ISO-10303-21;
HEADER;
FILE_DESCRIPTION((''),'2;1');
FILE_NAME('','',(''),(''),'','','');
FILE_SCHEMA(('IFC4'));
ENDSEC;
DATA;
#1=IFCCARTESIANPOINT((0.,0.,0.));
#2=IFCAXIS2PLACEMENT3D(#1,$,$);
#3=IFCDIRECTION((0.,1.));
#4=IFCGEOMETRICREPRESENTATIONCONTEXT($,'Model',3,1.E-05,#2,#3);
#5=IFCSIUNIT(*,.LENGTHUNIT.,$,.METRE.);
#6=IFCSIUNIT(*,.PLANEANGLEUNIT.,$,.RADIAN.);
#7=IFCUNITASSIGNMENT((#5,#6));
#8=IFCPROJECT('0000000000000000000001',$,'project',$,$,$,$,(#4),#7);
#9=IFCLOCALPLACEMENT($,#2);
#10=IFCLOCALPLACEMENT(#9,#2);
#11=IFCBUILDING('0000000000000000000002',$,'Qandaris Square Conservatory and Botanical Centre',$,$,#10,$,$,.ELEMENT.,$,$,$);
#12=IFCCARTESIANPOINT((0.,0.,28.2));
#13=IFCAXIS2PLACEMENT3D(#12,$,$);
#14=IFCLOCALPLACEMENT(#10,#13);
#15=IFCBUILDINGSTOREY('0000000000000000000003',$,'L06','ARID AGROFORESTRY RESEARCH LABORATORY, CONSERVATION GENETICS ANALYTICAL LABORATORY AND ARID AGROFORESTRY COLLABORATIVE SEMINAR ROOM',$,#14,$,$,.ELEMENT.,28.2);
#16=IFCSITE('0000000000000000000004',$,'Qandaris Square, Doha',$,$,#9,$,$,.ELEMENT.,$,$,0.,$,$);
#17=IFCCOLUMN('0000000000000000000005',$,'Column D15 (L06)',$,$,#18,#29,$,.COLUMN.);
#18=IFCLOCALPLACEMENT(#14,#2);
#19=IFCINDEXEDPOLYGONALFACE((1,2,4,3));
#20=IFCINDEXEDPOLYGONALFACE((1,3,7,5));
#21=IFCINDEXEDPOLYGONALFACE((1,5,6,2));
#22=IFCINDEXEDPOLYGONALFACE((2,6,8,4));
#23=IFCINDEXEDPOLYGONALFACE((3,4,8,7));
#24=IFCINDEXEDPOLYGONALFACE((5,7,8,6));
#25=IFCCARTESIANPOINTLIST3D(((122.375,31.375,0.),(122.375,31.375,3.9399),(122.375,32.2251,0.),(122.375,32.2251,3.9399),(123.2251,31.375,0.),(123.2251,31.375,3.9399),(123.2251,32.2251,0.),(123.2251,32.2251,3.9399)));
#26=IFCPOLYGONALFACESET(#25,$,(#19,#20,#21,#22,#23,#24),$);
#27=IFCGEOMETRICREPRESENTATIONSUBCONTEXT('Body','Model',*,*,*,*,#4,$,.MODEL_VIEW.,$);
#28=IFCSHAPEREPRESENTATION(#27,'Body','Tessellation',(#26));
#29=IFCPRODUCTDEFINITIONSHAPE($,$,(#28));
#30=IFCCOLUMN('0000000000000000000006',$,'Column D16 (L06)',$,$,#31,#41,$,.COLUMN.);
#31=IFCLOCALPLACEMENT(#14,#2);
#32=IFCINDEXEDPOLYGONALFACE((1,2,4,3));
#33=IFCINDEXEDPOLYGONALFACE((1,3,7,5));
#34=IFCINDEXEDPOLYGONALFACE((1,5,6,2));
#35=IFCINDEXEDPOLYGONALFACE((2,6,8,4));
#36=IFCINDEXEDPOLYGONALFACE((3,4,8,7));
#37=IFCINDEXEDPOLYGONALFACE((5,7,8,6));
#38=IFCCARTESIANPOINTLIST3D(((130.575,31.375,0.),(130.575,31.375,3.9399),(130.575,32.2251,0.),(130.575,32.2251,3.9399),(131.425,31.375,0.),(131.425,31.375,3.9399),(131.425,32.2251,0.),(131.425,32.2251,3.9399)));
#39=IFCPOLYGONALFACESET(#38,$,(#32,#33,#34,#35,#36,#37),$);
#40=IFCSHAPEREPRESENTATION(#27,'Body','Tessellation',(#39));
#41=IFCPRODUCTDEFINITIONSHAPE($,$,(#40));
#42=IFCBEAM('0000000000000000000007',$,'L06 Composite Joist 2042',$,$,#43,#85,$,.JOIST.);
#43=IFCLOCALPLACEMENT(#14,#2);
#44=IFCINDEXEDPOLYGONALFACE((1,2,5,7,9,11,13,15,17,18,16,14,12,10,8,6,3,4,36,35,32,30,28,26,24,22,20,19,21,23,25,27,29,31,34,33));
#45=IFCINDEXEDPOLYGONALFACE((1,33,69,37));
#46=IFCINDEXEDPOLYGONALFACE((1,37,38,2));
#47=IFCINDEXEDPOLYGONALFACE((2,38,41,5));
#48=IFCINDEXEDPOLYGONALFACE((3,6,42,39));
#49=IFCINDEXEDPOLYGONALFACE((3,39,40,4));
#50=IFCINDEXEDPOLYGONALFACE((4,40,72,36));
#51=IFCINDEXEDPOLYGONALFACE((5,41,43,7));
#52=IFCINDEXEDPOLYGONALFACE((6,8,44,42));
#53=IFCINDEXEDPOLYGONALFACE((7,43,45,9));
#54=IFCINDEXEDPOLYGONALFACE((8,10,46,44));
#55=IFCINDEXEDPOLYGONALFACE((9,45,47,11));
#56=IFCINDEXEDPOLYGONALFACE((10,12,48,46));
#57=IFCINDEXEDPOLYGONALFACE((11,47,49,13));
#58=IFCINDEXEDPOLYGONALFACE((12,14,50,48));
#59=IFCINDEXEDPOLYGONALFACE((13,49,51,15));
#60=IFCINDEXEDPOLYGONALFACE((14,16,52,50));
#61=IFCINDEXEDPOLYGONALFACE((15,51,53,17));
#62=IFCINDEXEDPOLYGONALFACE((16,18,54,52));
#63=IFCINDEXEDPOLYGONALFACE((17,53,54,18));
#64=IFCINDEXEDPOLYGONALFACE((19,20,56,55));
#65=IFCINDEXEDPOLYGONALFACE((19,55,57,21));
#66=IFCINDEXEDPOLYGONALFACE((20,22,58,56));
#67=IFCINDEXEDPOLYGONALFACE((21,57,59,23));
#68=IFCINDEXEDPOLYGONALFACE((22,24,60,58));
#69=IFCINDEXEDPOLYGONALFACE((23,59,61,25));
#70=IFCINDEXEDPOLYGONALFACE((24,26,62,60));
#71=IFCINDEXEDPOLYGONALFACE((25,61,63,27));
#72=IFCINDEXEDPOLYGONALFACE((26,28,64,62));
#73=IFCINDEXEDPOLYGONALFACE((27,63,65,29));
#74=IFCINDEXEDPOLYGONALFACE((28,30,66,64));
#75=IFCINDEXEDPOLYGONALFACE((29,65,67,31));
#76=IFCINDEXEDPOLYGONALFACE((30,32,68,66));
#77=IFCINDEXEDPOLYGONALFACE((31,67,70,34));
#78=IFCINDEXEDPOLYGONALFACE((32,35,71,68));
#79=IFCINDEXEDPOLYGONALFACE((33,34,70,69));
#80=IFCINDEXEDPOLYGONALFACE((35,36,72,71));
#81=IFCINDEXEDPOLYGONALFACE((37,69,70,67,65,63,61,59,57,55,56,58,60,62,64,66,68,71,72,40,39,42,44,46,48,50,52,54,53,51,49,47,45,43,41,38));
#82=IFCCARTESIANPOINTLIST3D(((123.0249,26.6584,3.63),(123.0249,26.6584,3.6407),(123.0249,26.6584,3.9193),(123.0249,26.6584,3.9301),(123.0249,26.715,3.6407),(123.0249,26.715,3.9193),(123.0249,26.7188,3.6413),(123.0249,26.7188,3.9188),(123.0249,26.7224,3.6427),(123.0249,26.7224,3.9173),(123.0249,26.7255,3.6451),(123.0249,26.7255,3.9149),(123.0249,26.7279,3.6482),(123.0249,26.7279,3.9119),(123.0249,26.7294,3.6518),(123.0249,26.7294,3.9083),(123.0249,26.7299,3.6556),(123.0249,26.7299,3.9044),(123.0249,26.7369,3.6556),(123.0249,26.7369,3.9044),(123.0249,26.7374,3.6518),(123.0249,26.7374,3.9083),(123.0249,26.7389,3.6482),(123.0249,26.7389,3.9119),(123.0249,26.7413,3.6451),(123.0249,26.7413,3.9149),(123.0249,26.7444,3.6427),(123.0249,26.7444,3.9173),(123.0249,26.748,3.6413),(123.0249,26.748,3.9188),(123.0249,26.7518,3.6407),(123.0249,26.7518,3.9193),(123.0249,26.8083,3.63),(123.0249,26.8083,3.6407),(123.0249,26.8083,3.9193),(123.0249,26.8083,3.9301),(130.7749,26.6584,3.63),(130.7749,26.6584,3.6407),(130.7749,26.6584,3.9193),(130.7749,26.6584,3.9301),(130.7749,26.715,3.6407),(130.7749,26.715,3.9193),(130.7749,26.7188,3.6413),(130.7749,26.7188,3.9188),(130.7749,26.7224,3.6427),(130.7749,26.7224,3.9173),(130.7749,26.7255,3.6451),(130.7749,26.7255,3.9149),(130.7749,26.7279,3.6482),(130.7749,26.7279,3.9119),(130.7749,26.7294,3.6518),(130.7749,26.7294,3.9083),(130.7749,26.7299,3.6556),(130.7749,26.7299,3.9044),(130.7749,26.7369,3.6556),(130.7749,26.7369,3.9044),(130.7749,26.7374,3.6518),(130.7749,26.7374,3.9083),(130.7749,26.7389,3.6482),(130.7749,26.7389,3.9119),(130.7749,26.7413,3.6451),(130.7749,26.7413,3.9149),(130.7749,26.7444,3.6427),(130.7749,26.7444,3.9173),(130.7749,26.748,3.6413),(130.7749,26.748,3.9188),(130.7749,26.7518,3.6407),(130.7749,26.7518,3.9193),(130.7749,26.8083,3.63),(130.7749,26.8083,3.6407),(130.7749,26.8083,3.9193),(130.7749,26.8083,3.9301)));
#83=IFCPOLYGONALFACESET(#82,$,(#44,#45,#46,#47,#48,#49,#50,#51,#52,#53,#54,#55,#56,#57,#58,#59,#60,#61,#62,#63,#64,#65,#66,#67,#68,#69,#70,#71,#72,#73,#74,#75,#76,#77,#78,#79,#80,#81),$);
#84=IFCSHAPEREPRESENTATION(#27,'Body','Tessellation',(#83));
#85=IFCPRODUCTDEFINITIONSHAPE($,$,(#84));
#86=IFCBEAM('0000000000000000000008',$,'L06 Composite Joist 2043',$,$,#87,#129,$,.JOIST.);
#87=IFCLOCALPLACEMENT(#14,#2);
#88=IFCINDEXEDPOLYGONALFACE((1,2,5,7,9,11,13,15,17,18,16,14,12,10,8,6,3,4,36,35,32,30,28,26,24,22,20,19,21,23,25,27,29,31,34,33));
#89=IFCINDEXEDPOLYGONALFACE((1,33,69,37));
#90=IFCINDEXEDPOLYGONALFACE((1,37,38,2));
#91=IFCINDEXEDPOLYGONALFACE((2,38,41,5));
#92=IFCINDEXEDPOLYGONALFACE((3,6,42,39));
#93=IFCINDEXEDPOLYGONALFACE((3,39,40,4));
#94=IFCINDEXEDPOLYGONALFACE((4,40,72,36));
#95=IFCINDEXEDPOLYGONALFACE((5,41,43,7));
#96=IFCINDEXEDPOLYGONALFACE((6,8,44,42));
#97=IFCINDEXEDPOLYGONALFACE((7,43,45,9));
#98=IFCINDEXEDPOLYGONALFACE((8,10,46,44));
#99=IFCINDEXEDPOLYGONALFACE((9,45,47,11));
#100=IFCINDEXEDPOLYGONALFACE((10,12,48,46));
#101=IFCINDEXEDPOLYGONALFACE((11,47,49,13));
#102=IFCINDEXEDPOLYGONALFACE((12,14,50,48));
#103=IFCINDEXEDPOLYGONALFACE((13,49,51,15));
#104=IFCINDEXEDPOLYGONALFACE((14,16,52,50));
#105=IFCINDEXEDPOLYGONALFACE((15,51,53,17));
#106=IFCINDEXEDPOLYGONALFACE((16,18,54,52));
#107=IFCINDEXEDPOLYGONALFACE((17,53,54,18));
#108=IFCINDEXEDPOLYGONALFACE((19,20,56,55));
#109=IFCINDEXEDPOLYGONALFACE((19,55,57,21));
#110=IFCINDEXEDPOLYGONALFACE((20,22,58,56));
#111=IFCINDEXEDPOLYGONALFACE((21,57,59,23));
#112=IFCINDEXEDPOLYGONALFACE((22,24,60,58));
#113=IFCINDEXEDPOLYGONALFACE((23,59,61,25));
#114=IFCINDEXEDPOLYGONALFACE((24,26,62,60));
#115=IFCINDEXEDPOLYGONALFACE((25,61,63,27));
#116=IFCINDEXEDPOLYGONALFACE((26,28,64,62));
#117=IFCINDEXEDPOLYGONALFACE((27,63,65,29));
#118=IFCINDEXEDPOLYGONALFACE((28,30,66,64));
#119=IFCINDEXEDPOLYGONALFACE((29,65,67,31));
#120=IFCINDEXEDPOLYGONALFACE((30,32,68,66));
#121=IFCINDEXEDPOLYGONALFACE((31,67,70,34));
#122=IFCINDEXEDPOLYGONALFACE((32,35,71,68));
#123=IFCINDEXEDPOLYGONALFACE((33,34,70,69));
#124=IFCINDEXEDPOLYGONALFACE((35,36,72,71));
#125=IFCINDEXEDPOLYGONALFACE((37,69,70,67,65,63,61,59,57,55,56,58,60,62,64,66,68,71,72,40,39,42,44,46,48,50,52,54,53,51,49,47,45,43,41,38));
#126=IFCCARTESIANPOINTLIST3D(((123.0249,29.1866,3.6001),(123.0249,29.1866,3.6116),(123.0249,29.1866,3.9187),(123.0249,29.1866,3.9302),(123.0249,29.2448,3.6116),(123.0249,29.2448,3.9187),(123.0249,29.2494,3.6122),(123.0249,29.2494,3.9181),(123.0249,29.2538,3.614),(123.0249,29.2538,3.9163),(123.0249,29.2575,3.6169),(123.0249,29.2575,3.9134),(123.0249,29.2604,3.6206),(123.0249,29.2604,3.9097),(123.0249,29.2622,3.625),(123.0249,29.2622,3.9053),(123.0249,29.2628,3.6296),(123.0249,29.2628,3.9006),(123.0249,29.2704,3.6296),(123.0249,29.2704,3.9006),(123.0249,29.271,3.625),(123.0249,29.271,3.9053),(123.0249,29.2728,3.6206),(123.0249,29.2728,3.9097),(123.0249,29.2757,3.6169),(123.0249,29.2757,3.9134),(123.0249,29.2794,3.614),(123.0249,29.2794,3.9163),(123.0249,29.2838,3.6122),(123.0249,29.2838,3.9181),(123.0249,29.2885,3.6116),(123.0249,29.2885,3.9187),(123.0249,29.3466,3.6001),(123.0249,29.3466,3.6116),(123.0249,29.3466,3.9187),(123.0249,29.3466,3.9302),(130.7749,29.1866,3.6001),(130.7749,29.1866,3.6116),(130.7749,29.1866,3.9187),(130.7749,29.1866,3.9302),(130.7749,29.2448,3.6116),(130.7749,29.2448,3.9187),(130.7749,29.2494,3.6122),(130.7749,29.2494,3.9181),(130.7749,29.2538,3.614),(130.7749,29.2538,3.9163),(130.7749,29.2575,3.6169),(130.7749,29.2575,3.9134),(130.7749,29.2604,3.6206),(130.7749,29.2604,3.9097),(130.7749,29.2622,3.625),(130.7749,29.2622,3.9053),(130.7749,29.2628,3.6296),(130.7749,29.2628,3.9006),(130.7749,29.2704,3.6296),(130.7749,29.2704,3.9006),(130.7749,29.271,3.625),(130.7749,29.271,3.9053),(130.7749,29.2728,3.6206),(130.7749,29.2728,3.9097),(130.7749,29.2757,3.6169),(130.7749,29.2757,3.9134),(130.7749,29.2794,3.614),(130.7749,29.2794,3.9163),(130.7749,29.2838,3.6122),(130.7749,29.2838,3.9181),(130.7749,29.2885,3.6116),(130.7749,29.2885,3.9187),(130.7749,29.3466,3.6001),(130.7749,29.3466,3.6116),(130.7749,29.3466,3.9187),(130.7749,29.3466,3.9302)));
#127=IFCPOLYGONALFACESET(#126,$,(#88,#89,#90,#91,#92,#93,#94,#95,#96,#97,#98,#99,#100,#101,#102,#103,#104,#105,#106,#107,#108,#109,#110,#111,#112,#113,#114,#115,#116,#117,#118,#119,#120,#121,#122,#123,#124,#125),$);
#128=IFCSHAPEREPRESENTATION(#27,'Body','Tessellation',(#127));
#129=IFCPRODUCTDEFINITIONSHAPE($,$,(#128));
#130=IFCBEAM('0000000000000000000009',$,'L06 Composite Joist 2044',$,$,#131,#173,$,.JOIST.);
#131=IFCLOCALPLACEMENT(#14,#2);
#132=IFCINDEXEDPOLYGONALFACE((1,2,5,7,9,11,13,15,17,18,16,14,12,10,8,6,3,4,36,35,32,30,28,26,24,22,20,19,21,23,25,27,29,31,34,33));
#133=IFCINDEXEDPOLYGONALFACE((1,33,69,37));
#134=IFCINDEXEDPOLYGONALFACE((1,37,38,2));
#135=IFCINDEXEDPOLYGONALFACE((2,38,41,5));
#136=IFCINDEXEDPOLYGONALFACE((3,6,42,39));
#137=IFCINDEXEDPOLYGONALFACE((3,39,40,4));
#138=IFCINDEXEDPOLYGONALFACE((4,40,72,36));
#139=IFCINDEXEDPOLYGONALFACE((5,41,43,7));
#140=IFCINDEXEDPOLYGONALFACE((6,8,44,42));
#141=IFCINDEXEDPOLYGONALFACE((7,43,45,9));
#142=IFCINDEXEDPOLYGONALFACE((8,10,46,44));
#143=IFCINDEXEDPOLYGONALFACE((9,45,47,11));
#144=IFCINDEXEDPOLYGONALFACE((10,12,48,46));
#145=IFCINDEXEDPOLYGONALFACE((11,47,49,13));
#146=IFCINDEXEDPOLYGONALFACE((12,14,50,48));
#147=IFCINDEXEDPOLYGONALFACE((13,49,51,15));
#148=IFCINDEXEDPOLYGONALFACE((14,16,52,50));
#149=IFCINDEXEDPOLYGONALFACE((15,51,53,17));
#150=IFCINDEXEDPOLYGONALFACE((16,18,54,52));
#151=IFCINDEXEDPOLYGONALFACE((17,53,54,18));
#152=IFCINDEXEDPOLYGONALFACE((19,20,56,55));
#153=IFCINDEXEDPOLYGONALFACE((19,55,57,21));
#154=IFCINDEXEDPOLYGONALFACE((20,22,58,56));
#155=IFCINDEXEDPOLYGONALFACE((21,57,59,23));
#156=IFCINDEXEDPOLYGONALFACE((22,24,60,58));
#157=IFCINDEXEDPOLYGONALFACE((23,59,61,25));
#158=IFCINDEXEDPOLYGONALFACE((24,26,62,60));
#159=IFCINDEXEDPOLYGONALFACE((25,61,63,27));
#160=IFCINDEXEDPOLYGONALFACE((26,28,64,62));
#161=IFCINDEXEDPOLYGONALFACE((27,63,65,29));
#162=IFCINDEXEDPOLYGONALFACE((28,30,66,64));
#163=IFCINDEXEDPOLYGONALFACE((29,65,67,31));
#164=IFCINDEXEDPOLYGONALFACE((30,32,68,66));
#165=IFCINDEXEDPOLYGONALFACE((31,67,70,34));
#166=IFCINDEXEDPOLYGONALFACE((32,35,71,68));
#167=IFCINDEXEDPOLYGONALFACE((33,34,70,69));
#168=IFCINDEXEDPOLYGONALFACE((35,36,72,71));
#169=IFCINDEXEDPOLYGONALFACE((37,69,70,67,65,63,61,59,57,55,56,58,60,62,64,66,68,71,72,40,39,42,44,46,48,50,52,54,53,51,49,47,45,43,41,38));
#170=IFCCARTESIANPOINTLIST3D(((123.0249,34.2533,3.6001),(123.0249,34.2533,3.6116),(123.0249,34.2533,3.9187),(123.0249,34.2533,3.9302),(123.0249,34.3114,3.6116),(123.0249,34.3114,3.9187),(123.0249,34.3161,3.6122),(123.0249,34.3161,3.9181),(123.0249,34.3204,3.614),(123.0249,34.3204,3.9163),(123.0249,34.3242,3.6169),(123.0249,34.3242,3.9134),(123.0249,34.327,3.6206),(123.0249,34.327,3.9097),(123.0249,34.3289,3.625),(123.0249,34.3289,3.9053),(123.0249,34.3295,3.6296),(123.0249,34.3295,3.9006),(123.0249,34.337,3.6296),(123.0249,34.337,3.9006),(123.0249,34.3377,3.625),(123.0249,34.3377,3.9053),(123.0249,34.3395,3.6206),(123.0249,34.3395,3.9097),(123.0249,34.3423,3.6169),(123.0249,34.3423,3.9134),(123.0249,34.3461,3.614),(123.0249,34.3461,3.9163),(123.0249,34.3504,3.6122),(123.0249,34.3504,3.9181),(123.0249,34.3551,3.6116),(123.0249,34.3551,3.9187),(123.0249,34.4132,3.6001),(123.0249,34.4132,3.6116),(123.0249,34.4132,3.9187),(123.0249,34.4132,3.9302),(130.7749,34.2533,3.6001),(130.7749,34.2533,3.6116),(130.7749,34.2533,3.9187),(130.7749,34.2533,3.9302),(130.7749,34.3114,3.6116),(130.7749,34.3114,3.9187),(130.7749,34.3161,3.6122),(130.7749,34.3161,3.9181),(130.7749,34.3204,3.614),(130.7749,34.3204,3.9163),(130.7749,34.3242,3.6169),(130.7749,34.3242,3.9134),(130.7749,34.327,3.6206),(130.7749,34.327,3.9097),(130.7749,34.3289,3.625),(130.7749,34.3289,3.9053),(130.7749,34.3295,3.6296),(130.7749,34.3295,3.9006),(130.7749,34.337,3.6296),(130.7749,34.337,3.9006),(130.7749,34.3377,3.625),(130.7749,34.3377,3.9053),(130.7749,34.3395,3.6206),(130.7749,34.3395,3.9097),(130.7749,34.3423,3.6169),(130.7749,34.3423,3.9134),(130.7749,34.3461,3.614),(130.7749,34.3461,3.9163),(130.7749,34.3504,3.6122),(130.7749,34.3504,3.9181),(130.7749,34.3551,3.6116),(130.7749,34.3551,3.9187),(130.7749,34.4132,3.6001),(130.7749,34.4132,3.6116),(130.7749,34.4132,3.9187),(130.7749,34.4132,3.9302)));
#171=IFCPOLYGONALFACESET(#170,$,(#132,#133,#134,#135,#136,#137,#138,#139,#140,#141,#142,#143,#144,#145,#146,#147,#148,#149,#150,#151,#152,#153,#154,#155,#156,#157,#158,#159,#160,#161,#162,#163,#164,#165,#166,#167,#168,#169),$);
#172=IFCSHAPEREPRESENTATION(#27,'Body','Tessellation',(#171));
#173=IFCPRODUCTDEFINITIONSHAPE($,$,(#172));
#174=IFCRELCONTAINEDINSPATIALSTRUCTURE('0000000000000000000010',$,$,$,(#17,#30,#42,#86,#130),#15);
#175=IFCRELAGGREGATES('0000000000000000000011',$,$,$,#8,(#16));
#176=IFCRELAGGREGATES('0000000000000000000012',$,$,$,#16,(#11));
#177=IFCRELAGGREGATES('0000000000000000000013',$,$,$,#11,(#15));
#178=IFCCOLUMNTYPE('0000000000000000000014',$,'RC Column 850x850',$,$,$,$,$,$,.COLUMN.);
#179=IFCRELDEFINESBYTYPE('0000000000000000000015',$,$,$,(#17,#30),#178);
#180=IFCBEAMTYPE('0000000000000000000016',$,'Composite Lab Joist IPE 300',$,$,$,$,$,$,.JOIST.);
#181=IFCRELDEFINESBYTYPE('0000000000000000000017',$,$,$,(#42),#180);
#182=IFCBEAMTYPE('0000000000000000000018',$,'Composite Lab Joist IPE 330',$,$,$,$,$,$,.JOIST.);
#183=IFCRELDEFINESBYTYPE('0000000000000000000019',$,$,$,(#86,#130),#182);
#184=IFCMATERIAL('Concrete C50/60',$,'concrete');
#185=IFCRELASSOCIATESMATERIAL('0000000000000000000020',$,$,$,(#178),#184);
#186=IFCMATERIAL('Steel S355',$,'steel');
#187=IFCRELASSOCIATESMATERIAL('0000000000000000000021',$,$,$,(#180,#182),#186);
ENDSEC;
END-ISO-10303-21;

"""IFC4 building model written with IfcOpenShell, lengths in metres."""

from ifc_helpers import new_model, si_unit, direction, frame, origin, origin_2d, place, context, subcontext, project, spatial, rectangle, i_section, extrude, material, material_profile, profile_set, type_object, element, save


model = new_model("IFC4")

# Units and contexts
model_context = context("Model", 3, precision=1e-05, world=origin(), true_north=direction((0.0, 1.0)))
body_context = subcontext(model_context, "Body", "Model", "MODEL_VIEW")
ifc_project = project(units=[si_unit("LENGTHUNIT", "METRE"), si_unit("PLANEANGLEUNIT", "RADIAN")], contexts=[model_context])

# Site, building, storey
site_placement = place(None, origin())
site = spatial("IfcSite", under=ifc_project, at=site_placement, Name="Qandaris Square, Doha", CompositionType="ELEMENT", RefElevation=0.0)
building_placement = place(site_placement, origin())
building = spatial("IfcBuilding", under=site, at=building_placement, Name="Qandaris Square Conservatory and Botanical Centre", CompositionType="ELEMENT")
storey_placement = place(building_placement, frame((0.0, 0.0, 28.2)))
storey = spatial("IfcBuildingStorey", under=building, at=storey_placement, Name="L06", Description="ARID AGROFORESTRY RESEARCH LABORATORY, CONSERVATION GENETICS ANALYTICAL LABORATORY AND ARID AGROFORESTRY COLLABORATIVE SEMINAR ROOM", CompositionType="ELEMENT", Elevation=28.2)

# Columns
ifc_material_1 = material(Name="Concrete C50/60", Category="concrete")
ifc_material_profile_1 = material_profile(ifc_material_1, rectangle(XDim=0.8501, YDim=0.8501, at=origin_2d()), Name="RC-COL 850x850")
ifc_profile_set_1 = profile_set([ifc_material_profile_1], Name="Concrete C50/60")
column_type = type_object("IfcColumnType", Name="RC Column 850x850", PredefinedType="COLUMN", material=ifc_profile_set_1)
for number, where, z_axis, x_axis, name in (
    (1, (122.8, 31.8, 0.0), (0.0, 0.0, 1.0), (1.0, 0.0, 0.0), "Column D15 (L06)"),
    (2, (131.0, 31.8, 0.0), (0.0, 0.0, 1.0), (1.0, 0.0, 0.0), "Column D16 (L06)"),
):
    element("IfcColumn", number, at=place(storey_placement, frame(where, z_axis=z_axis, x_axis=x_axis)), inside=storey, type_object=column_type, Name=name, PredefinedType="COLUMN", context=body_context, shape_type="SweptSolid", body=[
        extrude(rectangle(XDim=0.8501, YDim=0.8501, at=origin_2d()), origin(), (0.0, 0.0, 1.0), 3.9399),
    ])

# Beams
ifc_material_2 = material(Name="Steel S355", Category="steel")
ifc_material_profile_2 = material_profile(ifc_material_2, i_section(OverallWidth=0.1499, OverallDepth=0.3, WebThickness=0.0071, FlangeThickness=0.0107, FilletRadius=0.0149, at=origin_2d()), Name="IPE 300")
ifc_profile_set_2 = profile_set([ifc_material_profile_2], Name="Steel S355")
beam_type_1 = type_object("IfcBeamType", Name="Composite Lab Joist IPE 300", PredefinedType="JOIST", material=ifc_profile_set_2)
beam_1_placement = place(storey_placement, frame((123.0249, 26.7334, 3.78), z_axis=(1.0, 0.0, 0.0), x_axis=(0.0, 1.0, 0.0)))
element("IfcBeam", 3, at=beam_1_placement, inside=storey, type_object=beam_type_1, Name="L06 Composite Joist 2042", PredefinedType="JOIST", context=body_context, shape_type="SweptSolid", body=[
    extrude(i_section(OverallWidth=0.1499, OverallDepth=0.3, WebThickness=0.0071, FlangeThickness=0.0107, FilletRadius=0.0149, at=origin_2d()), origin(), (0.0, 0.0, 1.0), 7.75),
])
ifc_material_profile_3 = material_profile(ifc_material_2, i_section(OverallWidth=0.1599, OverallDepth=0.3301, WebThickness=0.0076, FlangeThickness=0.0115, FilletRadius=0.0181, at=origin_2d()), Name="IPE 330")
ifc_profile_set_3 = profile_set([ifc_material_profile_3], Name="Steel S355")
beam_type_2 = type_object("IfcBeamType", Name="Composite Lab Joist IPE 330", PredefinedType="JOIST", material=ifc_profile_set_3)
for number, where, z_axis, x_axis, name in (
    (4, (123.0249, 29.2666, 3.7651), (1.0, 0.0, 0.0), (0.0, 1.0, 0.0), "L06 Composite Joist 2043"),
    (5, (123.0249, 34.3333, 3.7651), (1.0, 0.0, 0.0), (0.0, 1.0, 0.0), "L06 Composite Joist 2044"),
):
    element("IfcBeam", number, at=place(storey_placement, frame(where, z_axis=z_axis, x_axis=x_axis)), inside=storey, type_object=beam_type_2, Name=name, PredefinedType="JOIST", context=body_context, shape_type="SweptSolid", body=[
        extrude(i_section(OverallWidth=0.1599, OverallDepth=0.3301, WebThickness=0.0076, FlangeThickness=0.0115, FilletRadius=0.0181, at=origin_2d()), origin(), (0.0, 0.0, 1.0), 7.75),
    ])

save(model, "model.ifc")
